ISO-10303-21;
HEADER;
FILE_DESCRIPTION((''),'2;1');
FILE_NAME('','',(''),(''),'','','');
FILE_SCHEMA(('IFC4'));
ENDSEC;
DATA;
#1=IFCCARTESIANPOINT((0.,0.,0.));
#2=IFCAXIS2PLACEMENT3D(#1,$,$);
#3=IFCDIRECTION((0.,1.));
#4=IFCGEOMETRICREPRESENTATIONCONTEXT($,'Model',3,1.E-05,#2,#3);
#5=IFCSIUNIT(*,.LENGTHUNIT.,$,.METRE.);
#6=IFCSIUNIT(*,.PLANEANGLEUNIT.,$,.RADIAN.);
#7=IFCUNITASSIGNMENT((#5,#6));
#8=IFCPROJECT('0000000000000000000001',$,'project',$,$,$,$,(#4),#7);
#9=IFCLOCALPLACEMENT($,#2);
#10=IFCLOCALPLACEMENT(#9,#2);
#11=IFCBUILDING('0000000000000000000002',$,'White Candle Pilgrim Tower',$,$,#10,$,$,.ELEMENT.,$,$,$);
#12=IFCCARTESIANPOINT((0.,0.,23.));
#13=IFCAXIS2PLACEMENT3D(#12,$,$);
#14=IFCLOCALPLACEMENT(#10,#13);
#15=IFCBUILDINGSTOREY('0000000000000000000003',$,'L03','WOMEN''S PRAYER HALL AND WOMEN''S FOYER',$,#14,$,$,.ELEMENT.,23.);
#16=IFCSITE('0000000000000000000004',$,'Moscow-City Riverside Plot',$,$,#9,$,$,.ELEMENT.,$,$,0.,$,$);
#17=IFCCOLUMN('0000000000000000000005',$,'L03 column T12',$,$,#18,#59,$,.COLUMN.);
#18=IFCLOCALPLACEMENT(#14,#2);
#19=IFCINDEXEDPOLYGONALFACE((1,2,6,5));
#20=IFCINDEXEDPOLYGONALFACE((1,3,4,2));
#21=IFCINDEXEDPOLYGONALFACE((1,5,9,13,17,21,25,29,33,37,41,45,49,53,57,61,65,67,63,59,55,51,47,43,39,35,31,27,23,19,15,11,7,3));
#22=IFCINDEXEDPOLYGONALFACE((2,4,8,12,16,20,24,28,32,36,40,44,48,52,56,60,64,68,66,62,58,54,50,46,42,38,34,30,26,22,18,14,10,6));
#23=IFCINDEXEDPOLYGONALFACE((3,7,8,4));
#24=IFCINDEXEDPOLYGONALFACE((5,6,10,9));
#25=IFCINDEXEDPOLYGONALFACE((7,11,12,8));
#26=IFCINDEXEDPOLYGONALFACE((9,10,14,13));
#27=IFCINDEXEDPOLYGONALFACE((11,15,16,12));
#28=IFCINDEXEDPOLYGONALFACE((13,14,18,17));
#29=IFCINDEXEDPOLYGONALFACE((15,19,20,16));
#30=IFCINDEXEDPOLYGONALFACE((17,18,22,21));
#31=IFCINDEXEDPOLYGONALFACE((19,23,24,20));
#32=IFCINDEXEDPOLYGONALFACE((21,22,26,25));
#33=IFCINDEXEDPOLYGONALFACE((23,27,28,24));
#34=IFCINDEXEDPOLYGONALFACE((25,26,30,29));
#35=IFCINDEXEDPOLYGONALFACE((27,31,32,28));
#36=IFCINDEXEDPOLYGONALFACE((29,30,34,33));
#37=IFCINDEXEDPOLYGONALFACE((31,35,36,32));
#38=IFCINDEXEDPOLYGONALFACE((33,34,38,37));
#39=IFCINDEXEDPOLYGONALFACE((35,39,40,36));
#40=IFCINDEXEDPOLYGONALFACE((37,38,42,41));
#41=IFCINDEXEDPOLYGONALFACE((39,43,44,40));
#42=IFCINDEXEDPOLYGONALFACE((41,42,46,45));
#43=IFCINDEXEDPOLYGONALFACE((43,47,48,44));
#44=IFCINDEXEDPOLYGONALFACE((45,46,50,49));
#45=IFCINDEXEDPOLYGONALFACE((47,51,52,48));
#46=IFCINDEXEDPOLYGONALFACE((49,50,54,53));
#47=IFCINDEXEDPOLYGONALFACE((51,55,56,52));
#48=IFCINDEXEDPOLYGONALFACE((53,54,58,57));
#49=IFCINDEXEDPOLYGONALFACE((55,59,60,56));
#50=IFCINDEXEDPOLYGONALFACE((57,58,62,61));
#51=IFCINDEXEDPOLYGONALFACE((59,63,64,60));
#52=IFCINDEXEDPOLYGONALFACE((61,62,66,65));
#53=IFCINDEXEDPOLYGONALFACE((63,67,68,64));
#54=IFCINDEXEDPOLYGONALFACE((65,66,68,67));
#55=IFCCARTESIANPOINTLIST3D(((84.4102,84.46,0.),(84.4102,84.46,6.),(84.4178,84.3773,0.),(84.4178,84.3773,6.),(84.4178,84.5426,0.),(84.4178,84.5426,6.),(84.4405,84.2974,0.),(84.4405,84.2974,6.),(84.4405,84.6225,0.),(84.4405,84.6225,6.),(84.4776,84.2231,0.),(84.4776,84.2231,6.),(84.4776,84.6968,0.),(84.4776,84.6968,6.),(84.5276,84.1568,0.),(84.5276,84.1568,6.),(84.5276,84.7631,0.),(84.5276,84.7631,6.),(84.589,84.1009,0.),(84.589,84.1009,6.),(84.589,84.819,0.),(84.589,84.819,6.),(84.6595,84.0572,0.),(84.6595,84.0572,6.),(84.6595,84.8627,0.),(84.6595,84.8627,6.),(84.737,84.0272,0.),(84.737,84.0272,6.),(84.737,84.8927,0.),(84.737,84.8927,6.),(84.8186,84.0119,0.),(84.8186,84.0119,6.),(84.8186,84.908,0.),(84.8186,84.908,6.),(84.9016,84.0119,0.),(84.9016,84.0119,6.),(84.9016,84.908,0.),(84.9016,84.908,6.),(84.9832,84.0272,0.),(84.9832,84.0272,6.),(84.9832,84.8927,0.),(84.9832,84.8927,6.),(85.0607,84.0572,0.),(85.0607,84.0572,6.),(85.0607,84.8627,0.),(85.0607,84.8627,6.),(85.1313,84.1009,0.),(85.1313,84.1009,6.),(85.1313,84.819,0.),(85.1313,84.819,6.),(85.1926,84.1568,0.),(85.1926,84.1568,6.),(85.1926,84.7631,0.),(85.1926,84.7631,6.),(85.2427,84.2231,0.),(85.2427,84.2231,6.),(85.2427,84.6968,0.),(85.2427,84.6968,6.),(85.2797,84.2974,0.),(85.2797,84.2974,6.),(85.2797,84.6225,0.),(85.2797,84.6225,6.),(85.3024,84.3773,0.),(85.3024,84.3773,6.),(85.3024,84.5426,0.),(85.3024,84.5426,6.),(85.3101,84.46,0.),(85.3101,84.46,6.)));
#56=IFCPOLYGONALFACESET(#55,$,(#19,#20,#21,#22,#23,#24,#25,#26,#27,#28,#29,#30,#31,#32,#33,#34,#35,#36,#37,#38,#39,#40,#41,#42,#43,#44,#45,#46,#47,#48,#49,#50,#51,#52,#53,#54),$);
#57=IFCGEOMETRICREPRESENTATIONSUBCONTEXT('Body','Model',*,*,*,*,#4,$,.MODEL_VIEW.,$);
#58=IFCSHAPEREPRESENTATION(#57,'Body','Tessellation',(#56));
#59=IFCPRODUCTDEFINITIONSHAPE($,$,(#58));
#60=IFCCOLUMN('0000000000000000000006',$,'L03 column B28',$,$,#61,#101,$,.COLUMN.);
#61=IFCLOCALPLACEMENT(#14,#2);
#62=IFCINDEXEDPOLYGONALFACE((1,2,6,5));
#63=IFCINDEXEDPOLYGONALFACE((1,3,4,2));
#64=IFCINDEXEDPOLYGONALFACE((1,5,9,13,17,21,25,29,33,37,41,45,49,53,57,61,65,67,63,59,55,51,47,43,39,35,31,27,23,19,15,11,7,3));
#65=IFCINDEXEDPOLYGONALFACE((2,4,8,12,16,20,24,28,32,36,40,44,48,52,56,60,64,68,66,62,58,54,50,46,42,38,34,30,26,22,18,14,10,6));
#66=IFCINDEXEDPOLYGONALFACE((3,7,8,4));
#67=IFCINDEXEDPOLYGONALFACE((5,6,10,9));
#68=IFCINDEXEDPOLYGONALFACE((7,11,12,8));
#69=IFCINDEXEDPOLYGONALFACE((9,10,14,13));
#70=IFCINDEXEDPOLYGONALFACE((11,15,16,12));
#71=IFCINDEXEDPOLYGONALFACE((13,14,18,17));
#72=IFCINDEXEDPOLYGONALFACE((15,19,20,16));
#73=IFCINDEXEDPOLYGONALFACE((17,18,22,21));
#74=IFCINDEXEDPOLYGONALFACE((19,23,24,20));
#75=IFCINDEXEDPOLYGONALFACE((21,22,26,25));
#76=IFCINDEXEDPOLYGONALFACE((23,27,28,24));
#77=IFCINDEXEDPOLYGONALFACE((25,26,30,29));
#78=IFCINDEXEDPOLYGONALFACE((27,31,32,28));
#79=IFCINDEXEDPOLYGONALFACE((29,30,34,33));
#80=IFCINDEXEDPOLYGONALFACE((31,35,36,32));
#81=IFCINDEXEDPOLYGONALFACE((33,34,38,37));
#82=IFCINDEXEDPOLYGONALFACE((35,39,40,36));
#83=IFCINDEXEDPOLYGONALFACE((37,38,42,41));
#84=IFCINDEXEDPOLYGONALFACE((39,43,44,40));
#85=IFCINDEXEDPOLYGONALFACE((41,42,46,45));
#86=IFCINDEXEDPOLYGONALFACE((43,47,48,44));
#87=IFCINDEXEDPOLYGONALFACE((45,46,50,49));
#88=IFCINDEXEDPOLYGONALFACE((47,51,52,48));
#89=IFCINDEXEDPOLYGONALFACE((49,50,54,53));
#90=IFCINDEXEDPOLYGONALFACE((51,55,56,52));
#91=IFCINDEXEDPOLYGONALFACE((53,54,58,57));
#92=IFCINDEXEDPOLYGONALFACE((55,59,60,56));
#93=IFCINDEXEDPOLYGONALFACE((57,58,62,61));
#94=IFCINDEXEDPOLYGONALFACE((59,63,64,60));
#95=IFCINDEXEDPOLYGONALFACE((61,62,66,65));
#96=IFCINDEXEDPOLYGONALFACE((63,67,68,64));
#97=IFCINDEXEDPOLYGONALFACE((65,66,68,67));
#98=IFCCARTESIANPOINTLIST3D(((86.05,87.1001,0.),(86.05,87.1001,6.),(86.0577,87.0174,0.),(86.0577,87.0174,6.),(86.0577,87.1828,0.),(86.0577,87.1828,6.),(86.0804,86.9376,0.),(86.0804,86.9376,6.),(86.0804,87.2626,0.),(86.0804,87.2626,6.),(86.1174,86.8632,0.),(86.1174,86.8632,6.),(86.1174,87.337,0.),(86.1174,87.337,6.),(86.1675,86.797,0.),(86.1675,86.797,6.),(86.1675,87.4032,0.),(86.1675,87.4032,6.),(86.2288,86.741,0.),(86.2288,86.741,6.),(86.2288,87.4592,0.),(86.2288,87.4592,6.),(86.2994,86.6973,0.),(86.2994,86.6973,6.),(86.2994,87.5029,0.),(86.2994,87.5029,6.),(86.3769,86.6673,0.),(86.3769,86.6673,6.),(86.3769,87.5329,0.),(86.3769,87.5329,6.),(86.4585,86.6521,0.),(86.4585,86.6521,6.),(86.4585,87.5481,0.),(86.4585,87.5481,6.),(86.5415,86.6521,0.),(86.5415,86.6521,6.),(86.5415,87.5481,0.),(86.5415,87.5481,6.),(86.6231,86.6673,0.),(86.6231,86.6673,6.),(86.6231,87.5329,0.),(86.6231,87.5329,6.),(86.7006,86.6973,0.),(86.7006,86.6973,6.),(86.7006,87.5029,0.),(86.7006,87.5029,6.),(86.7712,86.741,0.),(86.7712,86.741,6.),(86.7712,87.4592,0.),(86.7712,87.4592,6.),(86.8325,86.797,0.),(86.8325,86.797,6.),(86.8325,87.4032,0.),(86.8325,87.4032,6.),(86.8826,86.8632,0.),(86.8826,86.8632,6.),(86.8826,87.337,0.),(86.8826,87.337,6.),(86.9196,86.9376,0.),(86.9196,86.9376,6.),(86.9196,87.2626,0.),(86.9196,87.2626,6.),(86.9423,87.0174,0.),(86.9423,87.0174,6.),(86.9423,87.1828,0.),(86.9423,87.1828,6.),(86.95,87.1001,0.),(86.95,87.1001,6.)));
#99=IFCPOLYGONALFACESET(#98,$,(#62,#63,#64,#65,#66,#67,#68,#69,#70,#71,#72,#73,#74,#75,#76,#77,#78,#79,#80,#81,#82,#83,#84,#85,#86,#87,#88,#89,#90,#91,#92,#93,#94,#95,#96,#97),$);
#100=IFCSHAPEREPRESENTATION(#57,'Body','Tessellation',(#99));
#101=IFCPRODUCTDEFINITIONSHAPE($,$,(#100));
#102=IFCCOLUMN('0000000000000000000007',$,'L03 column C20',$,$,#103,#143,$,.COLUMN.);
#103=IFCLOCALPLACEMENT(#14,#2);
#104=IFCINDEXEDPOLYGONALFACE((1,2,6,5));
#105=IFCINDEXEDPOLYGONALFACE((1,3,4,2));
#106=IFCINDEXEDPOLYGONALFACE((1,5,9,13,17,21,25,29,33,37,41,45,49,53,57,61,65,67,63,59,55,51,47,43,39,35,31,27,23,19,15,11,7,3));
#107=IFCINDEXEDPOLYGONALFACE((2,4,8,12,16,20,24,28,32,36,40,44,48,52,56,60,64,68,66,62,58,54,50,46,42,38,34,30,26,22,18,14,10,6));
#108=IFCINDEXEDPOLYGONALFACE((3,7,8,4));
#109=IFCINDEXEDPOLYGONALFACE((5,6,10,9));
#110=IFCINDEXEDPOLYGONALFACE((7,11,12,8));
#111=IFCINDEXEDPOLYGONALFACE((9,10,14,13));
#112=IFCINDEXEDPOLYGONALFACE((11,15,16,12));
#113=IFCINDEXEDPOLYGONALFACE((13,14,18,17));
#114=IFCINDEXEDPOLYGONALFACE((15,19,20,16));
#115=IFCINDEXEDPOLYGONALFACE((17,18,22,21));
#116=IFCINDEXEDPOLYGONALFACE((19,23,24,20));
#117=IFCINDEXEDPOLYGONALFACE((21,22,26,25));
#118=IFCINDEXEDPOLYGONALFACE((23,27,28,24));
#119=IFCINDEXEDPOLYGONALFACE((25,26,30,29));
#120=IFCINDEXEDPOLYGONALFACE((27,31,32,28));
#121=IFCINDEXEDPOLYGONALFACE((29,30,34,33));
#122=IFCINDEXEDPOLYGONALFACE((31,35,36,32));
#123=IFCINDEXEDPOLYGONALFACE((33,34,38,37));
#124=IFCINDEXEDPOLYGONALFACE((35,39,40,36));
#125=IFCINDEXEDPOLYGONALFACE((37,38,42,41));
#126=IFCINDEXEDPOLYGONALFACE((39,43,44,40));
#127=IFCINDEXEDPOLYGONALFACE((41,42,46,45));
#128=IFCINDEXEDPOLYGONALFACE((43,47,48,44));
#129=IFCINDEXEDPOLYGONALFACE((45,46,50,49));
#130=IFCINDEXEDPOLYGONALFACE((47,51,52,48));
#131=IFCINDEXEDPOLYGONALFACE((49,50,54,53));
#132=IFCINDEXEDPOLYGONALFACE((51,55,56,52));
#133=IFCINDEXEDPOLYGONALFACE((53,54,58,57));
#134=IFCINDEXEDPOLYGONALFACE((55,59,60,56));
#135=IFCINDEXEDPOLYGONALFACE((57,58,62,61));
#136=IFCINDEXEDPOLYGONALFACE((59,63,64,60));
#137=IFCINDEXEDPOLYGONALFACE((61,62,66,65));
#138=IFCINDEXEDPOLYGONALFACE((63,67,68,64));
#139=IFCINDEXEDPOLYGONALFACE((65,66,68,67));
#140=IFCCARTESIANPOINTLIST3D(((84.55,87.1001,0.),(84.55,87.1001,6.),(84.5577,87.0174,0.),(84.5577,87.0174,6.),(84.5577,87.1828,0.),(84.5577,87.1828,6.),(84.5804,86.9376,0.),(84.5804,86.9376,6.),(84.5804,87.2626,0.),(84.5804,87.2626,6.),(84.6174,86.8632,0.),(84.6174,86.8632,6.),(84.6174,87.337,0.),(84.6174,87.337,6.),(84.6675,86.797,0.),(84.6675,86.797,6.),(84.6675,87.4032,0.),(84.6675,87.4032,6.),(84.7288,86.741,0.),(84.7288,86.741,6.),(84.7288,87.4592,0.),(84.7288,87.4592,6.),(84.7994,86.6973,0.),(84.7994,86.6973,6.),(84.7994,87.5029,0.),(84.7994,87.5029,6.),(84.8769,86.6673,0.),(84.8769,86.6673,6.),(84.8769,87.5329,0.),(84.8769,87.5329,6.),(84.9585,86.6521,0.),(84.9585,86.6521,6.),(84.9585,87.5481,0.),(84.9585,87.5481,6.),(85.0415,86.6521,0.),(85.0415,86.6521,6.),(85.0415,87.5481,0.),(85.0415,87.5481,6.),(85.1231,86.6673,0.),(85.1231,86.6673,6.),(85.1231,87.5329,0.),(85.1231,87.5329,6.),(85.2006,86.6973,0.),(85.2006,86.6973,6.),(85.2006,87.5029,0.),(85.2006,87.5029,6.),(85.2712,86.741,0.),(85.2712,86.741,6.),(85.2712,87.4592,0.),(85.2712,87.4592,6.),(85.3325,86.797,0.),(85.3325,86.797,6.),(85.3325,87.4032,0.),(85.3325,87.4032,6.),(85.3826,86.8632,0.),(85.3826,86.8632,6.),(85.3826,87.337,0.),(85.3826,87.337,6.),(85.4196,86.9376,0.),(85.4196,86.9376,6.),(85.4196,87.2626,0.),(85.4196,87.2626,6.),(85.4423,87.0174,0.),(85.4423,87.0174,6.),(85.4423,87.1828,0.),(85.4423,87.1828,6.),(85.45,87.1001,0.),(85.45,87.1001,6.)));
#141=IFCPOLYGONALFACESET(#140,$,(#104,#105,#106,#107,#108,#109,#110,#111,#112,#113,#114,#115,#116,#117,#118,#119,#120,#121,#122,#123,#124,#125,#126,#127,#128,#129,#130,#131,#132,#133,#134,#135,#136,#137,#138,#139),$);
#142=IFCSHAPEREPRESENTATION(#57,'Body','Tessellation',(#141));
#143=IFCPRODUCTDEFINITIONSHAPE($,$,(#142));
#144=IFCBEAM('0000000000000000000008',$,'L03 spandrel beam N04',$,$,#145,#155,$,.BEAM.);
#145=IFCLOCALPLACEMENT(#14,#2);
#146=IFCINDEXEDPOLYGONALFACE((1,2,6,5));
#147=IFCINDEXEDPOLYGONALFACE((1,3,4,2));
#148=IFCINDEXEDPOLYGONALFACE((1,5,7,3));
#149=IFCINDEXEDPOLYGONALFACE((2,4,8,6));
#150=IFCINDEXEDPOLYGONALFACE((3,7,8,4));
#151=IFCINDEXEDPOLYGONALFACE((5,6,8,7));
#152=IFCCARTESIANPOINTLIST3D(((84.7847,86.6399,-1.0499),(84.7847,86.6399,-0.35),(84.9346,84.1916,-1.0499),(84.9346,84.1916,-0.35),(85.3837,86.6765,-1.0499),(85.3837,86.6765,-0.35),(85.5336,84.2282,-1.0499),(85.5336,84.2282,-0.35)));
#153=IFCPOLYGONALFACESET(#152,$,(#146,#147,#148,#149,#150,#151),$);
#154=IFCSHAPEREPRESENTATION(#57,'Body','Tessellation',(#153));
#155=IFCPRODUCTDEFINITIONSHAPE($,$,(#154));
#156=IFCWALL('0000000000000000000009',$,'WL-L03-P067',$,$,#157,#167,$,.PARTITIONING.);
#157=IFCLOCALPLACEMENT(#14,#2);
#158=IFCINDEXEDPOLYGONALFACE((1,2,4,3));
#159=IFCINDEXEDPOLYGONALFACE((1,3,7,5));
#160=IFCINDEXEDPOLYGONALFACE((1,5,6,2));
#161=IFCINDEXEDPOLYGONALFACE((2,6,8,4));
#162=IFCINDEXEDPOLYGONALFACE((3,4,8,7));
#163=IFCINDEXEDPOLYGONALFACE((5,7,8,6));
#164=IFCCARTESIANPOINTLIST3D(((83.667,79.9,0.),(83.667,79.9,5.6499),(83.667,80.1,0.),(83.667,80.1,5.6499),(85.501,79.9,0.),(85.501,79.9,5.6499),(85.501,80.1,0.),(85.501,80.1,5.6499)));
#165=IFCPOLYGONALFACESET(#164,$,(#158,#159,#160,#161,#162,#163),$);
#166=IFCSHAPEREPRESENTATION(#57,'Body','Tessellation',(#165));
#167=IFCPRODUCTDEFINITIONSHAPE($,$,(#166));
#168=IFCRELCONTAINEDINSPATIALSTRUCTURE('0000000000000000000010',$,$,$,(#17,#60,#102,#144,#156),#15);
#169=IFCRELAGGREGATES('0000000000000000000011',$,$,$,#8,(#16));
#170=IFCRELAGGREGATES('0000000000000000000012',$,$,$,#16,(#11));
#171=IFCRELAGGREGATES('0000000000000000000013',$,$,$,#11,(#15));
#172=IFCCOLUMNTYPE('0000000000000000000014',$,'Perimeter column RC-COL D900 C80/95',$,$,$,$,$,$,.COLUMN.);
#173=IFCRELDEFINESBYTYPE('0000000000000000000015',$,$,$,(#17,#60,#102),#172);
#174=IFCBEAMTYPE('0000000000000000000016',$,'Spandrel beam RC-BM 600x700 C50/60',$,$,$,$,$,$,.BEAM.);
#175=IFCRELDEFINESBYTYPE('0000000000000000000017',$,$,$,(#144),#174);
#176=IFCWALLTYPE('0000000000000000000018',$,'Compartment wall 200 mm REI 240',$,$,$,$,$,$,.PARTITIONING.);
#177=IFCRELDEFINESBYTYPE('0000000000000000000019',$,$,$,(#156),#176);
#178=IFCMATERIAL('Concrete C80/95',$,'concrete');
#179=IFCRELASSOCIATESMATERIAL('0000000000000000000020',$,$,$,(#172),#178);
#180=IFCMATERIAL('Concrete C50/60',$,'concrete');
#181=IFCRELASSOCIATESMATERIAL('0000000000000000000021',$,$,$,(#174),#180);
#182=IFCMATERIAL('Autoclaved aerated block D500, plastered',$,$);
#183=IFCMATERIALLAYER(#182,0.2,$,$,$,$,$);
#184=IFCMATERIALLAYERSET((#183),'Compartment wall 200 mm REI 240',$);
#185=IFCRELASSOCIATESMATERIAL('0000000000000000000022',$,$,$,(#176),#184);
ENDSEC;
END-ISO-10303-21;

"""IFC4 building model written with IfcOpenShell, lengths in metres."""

from ifc_helpers import new_model, si_unit, direction, frame, frame_2d, origin, origin_2d, place, context, subcontext, project, spatial, rectangle, circle, extrude, material, layer, layer_set, material_profile, profile_set, type_object, element, save


model = new_model("IFC4")

# Units and contexts
model_context = context("Model", 3, precision=1e-05, world=origin(), true_north=direction((0.0, 1.0)))
body_context = subcontext(model_context, "Body", "Model", "MODEL_VIEW")
ifc_project = project(units=[si_unit("LENGTHUNIT", "METRE"), si_unit("PLANEANGLEUNIT", "RADIAN")], contexts=[model_context])

# Site, building, storey
site_placement = place(None, origin())
site = spatial("IfcSite", under=ifc_project, at=site_placement, Name="Moscow-City Riverside Plot", CompositionType="ELEMENT", RefElevation=0.0)
building_placement = place(site_placement, origin())
building = spatial("IfcBuilding", under=site, at=building_placement, Name="White Candle Pilgrim Tower", CompositionType="ELEMENT")
storey_placement = place(building_placement, frame((0.0, 0.0, 23.0)))
storey = spatial("IfcBuildingStorey", under=building, at=storey_placement, Name="L03", Description="WOMEN'S PRAYER HALL AND WOMEN'S FOYER", CompositionType="ELEMENT", Elevation=23.0)

# Columns
ifc_material_1 = material(Name="Concrete C80/95", Category="concrete")
ifc_material_profile_1 = material_profile(ifc_material_1, circle(Radius=0.45, at=origin_2d()), Name="RC-COL D900")
ifc_profile_set_1 = profile_set([ifc_material_profile_1], Name="Concrete C80/95")
column_type = type_object("IfcColumnType", Name="Perimeter column RC-COL D900 C80/95", PredefinedType="COLUMN", material=ifc_profile_set_1)
for number, where, z_axis, x_axis, name in (
    (1, (84.8601, 84.46, 0.0), (0.0, 0.0, 1.0), (1.0, 0.0, 0.0), "L03 column T12"),
    (2, (86.5, 87.1001, 0.0), (0.0, 0.0, 1.0), (1.0, 0.0, 0.0), "L03 column B28"),
    (3, (85.0, 87.1001, 0.0), (0.0, 0.0, 1.0), (1.0, 0.0, 0.0), "L03 column C20"),
):
    element("IfcColumn", number, at=place(storey_placement, frame(where, z_axis=z_axis, x_axis=x_axis)), inside=storey, type_object=column_type, Name=name, PredefinedType="COLUMN", context=body_context, shape_type="SweptSolid", body=[
        extrude(circle(Radius=0.45, at=origin_2d()), origin(), (0.0, 0.0, 1.0), 6.0),
    ])

# Beam
ifc_material_2 = material(Name="Concrete C50/60", Category="concrete")
ifc_material_profile_2 = material_profile(ifc_material_2, rectangle(XDim=0.6001, YDim=0.7, at=origin_2d()), Name="RC-BM 600x700")
ifc_profile_set_2 = profile_set([ifc_material_profile_2], Name="Concrete C50/60")
beam_type = type_object("IfcBeamType", Name="Spandrel beam RC-BM 600x700 C50/60", PredefinedType="BEAM", material=ifc_profile_set_2)
beam_placement = place(storey_placement, frame((85.0842, 86.6582, -0.7), z_axis=(0.061114, -0.998131, 0.0), x_axis=(0.998131, 0.061114, 0.0)))
element("IfcBeam", 4, at=beam_placement, inside=storey, type_object=beam_type, Name="L03 spandrel beam N04", PredefinedType="BEAM", context=body_context, shape_type="SweptSolid", body=[
    extrude(rectangle(XDim=0.6001, YDim=0.7, at=origin_2d()), origin(), (0.0, 0.0, 1.0), 2.4529),
])

# Wall
ifc_material_3 = material(Name="Autoclaved aerated block D500, plastered")
ifc_layer_1 = layer(ifc_material_3, 0.2)
ifc_layer_set_1 = layer_set([ifc_layer_1], Name="Compartment wall 200 mm REI 240")
wall_type_1 = type_object("IfcWallType", Name="Compartment wall 200 mm REI 240", PredefinedType="PARTITIONING", material=ifc_layer_set_1)
wall_1_placement = place(storey_placement, frame((83.667, 80.0, 0.0), z_axis=(0.0, 0.0, 1.0), x_axis=(1.0, 0.0, 0.0)))
element("IfcWall", 5, at=wall_1_placement, inside=storey, type_object=wall_type_1, Name="WL-L03-P067", PredefinedType="PARTITIONING", context=body_context, shape_type="SweptSolid", body=[
    extrude(rectangle(XDim=1.834, YDim=0.2, at=frame_2d((0.917, 0.0))), origin(), (0.0, 0.0, 1.0), 5.6499),
])

save(model, "model.ifc")
